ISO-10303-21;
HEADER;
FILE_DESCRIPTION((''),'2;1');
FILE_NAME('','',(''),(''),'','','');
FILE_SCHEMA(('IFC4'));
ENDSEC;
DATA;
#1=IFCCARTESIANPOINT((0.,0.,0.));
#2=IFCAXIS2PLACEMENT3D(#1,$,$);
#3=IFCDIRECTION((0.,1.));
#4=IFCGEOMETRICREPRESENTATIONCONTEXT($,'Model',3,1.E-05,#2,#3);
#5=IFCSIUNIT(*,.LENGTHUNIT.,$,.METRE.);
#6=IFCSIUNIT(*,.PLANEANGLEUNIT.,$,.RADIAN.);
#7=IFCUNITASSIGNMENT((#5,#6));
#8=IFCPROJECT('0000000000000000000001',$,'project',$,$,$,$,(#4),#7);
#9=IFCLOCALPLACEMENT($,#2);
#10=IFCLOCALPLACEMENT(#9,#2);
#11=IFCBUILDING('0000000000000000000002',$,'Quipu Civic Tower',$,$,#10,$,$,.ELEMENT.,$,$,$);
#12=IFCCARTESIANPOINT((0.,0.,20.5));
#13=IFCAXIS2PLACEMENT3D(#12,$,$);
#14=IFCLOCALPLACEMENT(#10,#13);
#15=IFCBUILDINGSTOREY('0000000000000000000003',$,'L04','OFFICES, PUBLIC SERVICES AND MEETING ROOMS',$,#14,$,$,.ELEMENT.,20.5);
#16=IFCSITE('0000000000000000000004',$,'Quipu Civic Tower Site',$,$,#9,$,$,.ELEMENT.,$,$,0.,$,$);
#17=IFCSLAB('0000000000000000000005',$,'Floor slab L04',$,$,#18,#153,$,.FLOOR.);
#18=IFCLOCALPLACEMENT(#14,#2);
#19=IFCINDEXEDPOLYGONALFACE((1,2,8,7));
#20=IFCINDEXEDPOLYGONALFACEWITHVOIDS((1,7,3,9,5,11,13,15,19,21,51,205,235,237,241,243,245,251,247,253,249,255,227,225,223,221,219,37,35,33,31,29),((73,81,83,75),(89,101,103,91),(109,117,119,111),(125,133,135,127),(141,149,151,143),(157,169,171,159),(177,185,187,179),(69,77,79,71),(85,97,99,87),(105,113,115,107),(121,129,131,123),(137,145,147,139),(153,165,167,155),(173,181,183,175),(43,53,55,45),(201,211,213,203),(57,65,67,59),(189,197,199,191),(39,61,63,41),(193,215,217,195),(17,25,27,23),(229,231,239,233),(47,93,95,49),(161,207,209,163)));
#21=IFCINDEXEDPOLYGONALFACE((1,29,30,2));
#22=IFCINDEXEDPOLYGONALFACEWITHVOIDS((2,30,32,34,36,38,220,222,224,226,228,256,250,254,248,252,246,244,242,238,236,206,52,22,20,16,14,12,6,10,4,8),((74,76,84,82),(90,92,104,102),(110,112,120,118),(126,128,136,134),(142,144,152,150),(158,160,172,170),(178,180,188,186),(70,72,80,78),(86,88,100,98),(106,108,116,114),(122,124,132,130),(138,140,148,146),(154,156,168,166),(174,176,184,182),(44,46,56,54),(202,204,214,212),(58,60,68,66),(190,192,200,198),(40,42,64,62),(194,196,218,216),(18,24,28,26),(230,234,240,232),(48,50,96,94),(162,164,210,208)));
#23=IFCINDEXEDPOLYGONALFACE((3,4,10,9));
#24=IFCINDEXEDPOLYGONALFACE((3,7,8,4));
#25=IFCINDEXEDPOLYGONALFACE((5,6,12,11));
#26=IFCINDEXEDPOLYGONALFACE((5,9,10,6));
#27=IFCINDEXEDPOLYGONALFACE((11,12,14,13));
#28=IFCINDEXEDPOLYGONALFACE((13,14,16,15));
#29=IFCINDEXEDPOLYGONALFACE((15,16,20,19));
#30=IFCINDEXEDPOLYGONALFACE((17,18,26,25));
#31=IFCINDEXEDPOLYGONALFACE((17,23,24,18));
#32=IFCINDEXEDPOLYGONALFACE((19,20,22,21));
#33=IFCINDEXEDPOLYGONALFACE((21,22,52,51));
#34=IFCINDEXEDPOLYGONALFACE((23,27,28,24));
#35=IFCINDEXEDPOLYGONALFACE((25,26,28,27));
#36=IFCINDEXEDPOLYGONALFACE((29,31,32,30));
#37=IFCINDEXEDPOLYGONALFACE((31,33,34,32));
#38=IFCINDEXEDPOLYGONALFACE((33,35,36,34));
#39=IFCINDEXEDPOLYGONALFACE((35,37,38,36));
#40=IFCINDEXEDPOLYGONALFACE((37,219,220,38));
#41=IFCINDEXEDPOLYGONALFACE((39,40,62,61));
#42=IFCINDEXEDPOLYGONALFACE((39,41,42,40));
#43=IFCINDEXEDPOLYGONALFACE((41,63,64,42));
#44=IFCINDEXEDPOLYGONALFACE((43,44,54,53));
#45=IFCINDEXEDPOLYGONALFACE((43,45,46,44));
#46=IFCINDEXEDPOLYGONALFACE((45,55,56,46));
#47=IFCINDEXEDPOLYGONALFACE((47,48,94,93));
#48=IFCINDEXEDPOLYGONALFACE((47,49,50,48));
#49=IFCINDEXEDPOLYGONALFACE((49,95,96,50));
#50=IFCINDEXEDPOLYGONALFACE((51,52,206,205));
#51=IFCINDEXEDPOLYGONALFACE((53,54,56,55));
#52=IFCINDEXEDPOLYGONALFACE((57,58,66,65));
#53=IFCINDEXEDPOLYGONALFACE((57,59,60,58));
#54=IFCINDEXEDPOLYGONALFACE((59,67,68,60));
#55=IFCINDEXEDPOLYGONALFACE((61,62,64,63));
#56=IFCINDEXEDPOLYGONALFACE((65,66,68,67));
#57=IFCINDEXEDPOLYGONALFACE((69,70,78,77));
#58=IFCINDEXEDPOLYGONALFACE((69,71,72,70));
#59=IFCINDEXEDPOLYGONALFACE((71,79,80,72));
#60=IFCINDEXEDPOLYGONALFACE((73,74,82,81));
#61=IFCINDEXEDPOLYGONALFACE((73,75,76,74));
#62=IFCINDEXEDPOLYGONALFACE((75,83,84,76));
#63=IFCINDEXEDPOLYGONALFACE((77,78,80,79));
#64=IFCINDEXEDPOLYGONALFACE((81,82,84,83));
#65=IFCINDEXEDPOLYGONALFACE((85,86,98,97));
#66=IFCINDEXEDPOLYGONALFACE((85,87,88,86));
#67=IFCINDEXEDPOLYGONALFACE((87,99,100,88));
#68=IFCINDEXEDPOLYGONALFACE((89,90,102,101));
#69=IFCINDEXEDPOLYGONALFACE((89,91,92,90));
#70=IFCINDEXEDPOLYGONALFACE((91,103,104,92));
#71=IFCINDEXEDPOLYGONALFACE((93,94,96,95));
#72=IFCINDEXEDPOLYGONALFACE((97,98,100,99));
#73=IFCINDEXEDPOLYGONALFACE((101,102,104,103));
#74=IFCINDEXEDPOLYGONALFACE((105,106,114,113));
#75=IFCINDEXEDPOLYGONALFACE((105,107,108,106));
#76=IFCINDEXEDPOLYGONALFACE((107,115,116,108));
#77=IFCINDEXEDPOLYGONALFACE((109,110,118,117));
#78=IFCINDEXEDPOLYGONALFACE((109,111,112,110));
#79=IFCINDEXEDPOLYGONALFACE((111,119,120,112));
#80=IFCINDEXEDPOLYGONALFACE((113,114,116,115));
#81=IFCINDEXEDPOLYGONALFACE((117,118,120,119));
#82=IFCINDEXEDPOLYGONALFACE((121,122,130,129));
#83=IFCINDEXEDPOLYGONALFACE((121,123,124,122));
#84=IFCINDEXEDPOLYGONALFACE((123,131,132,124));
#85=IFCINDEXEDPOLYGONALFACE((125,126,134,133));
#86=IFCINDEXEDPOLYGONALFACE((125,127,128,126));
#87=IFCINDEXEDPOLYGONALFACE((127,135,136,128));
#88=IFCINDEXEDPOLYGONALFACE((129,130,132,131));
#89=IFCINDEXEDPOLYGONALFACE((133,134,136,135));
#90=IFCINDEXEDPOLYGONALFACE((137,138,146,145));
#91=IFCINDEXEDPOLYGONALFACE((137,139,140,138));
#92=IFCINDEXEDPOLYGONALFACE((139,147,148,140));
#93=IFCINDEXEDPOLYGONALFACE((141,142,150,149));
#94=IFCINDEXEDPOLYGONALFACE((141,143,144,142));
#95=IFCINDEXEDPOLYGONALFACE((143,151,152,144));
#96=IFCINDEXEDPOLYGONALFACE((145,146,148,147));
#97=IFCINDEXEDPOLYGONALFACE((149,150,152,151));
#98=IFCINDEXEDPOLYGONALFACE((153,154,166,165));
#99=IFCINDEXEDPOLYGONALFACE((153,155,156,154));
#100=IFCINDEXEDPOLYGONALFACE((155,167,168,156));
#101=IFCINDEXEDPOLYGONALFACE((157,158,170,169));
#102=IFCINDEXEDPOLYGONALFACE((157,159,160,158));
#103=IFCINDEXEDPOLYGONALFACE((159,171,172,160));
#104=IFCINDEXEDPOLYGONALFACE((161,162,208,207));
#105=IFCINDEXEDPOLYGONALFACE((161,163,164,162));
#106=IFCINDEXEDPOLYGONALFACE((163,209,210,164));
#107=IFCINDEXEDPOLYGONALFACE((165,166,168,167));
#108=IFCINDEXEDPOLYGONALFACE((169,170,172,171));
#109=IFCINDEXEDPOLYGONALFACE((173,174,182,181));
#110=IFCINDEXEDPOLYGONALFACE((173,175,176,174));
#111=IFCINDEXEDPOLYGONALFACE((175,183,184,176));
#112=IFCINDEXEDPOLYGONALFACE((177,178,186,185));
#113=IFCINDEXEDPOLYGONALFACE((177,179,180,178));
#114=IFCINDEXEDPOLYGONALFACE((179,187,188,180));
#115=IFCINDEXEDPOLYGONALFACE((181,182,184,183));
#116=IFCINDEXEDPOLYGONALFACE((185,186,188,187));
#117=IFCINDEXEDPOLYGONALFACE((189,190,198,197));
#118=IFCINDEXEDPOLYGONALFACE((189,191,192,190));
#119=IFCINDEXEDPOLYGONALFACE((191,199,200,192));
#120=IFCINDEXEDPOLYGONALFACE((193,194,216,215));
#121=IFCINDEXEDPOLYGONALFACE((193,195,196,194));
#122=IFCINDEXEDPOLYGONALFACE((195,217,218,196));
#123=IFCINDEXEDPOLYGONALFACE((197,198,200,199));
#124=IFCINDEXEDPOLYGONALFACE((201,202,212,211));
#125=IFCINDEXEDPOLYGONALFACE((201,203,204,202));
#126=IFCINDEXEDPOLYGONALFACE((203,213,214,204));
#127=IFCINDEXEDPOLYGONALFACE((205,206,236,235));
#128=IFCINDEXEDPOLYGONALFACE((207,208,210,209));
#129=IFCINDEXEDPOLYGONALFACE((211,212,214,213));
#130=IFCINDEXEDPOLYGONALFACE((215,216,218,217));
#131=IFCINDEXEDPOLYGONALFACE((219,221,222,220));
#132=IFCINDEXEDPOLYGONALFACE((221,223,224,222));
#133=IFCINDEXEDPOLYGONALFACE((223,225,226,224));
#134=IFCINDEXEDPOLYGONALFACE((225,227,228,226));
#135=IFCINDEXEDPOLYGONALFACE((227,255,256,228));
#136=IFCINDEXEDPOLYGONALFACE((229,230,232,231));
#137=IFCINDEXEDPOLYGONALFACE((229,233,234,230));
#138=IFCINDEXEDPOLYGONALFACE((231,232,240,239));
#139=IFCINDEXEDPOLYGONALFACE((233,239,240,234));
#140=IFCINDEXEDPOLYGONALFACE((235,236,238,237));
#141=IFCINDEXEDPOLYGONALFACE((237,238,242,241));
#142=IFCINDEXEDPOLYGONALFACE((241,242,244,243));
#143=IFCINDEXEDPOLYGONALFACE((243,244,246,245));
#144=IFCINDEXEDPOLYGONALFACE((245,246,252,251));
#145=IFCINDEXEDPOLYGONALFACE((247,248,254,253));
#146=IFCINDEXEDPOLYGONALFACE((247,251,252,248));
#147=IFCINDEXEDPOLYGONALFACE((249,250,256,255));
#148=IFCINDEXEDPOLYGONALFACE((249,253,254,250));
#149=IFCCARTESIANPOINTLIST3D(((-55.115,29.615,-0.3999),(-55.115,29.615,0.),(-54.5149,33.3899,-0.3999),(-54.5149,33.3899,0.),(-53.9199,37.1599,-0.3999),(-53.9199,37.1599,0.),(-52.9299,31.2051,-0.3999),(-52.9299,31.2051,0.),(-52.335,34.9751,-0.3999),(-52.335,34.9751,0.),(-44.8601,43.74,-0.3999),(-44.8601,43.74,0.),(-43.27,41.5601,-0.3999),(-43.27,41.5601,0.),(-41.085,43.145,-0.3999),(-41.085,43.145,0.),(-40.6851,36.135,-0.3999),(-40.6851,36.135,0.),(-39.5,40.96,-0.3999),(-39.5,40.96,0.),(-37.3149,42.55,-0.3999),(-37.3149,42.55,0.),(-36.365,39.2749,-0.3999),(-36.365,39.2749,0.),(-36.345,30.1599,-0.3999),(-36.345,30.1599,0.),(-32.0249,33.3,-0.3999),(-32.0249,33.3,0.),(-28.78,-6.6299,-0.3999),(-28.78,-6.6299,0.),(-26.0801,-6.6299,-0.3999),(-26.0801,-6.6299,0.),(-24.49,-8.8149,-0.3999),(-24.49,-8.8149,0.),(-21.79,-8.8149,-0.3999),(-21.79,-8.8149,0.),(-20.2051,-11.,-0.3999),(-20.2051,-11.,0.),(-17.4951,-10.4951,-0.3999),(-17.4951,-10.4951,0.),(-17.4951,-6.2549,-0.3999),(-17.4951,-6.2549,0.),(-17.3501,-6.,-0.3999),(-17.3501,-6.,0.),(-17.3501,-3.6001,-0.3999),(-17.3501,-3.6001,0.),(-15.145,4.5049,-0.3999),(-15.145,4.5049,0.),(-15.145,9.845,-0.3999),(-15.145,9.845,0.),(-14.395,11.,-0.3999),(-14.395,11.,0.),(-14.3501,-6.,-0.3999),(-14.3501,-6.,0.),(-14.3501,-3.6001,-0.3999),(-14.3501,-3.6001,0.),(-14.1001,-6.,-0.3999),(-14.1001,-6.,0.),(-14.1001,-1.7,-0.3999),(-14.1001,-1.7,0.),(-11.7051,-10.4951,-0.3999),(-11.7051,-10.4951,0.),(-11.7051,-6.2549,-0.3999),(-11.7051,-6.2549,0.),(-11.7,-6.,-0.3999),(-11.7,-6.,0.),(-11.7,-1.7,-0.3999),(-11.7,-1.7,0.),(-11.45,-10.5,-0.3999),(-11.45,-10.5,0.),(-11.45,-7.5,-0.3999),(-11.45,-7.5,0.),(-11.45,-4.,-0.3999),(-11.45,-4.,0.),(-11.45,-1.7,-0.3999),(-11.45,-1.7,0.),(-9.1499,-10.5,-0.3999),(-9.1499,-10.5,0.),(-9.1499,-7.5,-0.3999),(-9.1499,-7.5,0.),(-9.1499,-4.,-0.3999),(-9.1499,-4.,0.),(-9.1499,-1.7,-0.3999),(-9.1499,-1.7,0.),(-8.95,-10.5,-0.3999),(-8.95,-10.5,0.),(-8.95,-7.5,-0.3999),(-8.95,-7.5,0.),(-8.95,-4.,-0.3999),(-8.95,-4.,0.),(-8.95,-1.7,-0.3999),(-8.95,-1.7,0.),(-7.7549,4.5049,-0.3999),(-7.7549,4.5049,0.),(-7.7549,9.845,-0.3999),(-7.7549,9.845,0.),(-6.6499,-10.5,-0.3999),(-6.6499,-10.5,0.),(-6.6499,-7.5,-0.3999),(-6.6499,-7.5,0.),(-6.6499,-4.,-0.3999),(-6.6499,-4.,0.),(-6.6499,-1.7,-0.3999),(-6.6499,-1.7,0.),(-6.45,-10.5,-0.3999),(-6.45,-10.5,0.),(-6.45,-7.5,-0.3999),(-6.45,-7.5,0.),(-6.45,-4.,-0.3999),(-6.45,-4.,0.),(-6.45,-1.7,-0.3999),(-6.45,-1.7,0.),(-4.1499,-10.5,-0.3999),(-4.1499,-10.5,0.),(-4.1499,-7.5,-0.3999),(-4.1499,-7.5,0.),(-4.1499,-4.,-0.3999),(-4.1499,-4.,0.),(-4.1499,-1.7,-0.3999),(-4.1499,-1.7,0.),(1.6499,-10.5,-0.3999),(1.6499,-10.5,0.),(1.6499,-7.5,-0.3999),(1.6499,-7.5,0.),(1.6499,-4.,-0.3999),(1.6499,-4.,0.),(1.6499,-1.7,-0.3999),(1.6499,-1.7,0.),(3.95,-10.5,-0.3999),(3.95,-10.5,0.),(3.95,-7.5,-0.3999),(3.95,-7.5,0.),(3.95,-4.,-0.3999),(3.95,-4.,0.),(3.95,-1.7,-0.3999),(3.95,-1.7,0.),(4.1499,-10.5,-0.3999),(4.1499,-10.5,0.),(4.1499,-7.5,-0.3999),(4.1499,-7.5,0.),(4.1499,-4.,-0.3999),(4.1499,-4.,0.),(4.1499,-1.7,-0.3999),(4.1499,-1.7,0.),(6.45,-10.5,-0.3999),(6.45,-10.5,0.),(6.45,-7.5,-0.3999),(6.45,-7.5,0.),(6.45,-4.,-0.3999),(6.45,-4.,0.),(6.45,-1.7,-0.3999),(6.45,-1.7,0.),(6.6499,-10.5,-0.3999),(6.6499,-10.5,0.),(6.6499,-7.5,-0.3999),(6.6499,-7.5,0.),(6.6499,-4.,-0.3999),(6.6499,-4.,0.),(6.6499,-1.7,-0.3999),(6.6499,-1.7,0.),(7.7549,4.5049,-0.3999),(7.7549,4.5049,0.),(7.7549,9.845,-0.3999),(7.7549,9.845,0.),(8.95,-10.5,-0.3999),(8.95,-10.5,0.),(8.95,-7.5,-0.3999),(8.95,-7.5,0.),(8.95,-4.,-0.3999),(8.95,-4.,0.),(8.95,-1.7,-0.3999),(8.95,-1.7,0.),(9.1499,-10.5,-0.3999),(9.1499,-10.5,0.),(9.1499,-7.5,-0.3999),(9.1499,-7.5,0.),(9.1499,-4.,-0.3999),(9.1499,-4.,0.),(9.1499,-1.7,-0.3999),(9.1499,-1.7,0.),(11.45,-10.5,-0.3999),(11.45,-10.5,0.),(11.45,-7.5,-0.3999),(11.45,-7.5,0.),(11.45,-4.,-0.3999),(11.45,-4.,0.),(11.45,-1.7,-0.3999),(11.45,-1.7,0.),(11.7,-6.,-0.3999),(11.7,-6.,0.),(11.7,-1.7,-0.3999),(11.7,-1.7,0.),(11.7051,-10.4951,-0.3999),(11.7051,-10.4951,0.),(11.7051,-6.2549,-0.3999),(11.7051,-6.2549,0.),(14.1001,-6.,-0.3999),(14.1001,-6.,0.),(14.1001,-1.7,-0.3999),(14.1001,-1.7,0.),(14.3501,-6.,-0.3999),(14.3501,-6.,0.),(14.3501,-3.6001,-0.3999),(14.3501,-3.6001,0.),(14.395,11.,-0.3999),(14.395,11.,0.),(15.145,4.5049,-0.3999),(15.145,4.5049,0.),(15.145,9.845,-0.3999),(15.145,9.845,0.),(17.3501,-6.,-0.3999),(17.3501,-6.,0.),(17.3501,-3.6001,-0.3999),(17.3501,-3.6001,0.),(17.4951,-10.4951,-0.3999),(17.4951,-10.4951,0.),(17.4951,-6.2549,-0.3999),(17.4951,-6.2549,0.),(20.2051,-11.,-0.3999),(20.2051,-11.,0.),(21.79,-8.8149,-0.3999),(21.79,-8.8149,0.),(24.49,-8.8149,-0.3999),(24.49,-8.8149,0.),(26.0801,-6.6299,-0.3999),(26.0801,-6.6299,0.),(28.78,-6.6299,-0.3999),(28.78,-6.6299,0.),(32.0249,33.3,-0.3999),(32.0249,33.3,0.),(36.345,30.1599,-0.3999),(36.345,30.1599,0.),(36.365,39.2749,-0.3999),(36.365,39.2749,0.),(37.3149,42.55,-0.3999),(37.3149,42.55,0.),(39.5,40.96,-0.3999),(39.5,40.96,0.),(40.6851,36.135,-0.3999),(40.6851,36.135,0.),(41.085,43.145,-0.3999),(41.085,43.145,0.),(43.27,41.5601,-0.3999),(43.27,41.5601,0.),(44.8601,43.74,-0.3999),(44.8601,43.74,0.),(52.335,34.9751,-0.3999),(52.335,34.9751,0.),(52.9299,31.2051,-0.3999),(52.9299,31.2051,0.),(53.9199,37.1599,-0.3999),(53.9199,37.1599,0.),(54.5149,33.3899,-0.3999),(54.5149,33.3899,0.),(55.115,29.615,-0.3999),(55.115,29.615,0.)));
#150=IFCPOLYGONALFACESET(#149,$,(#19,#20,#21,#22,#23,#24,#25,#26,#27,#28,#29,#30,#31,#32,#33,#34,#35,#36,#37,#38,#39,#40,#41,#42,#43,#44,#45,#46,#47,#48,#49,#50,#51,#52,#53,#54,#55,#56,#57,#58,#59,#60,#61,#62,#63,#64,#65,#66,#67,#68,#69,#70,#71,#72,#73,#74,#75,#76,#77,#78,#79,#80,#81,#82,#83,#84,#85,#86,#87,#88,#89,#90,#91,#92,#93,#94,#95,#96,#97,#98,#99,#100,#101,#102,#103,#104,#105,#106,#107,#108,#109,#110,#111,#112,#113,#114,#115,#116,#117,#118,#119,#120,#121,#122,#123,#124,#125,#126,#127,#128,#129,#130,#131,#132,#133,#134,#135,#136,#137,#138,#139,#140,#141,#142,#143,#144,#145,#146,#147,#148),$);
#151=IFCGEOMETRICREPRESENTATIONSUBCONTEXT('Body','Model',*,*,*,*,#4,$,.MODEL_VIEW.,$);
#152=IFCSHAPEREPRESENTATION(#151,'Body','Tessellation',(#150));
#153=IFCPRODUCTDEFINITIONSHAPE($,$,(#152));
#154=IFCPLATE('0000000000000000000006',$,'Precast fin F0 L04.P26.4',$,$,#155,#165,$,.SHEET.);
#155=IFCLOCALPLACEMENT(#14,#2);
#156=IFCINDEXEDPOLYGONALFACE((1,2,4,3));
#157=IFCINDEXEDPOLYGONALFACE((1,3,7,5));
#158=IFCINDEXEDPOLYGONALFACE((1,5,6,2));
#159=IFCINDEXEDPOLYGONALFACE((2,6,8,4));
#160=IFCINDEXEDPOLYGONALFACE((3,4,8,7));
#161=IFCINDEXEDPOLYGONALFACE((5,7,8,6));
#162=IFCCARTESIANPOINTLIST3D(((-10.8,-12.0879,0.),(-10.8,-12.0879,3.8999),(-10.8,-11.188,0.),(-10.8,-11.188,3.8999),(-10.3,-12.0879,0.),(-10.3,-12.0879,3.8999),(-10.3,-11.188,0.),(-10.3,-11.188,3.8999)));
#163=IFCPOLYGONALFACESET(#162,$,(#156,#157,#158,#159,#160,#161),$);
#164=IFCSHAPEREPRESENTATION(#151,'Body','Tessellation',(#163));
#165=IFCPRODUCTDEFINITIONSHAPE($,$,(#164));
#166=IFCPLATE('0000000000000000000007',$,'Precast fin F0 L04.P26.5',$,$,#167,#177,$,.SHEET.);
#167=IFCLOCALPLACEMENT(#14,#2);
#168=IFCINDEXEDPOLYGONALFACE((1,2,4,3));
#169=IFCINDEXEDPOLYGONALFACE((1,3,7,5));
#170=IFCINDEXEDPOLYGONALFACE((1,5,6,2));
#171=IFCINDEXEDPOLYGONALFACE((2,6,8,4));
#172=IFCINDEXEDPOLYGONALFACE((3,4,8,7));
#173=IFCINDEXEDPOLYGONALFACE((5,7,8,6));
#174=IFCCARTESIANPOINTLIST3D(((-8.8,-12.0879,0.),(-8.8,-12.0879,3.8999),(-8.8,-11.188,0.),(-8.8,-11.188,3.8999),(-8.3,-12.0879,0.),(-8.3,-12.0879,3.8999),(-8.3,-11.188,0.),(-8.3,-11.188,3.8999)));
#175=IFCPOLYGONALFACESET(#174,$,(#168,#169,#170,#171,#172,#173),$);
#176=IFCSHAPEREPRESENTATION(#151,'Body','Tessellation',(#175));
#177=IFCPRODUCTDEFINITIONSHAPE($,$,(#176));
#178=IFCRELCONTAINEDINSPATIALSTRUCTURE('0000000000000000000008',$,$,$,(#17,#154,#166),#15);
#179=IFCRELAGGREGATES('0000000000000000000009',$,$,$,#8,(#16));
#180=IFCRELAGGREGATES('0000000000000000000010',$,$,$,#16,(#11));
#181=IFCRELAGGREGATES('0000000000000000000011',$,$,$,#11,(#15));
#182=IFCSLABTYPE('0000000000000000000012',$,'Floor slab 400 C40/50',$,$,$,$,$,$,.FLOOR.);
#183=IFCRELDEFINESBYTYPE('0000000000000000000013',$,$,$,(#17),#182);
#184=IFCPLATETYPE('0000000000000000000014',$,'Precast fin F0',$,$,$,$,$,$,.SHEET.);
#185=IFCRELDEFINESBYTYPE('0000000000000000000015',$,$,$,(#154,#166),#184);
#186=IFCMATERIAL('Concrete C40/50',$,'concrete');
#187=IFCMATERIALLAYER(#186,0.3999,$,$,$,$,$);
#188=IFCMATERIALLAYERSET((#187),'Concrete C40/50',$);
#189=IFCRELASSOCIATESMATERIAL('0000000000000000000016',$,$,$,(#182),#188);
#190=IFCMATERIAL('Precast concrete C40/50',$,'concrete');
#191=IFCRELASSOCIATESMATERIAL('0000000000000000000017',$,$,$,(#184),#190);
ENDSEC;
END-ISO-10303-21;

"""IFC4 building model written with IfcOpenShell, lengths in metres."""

from ifc_helpers import new_model, si_unit, direction, frame, origin, origin_2d, place, context, subcontext, project, spatial, polyline, rectangle, outline, extrude, material, layer, layer_set, type_object, element, save


model = new_model("IFC4")

# Units and contexts
model_context = context("Model", 3, precision=1e-05, world=origin(), true_north=direction((0.0, 1.0)))
body_context = subcontext(model_context, "Body", "Model", "MODEL_VIEW")
ifc_project = project(units=[si_unit("LENGTHUNIT", "METRE"), si_unit("PLANEANGLEUNIT", "RADIAN")], contexts=[model_context])

# Site, building, storey
site_placement = place(None, origin())
site = spatial("IfcSite", under=ifc_project, at=site_placement, Name="Quipu Civic Tower Site", CompositionType="ELEMENT", RefElevation=0.0)
building_placement = place(site_placement, origin())
building = spatial("IfcBuilding", under=site, at=building_placement, Name="Quipu Civic Tower", CompositionType="ELEMENT")
storey_placement = place(building_placement, frame((0.0, 0.0, 20.5)))
storey = spatial("IfcBuildingStorey", under=building, at=storey_placement, Name="L04", Description="OFFICES, PUBLIC SERVICES AND MEETING ROOMS", CompositionType="ELEMENT", Elevation=20.5)

# Slab
ifc_material_1 = material(Name="Concrete C40/50", Category="concrete")
ifc_layer_1 = layer(ifc_material_1, 0.3999)
ifc_layer_set_1 = layer_set([ifc_layer_1], Name="Concrete C40/50")
slab_type_1 = type_object("IfcSlabType", Name="Floor slab 400 C40/50", PredefinedType="FLOOR", material=ifc_layer_set_1)
slab_1_placement = place(storey_placement, frame((0.0, 0.0, -0.3999)))
element("IfcSlab", 1, at=slab_1_placement, inside=storey, type_object=slab_type_1, Name="Floor slab L04", PredefinedType="FLOOR", context=body_context, shape_type="SweptSolid", body=[
    extrude(outline(polyline([(37.3149, 42.55), (39.5, 40.96), (41.085, 43.145), (43.27, 41.5601), (44.8601, 43.74), (53.9199, 37.1599), (52.335, 34.9751), (54.5149, 33.3899), (52.9299, 31.2051), (55.115, 29.615), (28.78, -6.6299), (26.0801, -6.6299), (24.49, -8.8149), (21.79, -8.8149), (20.2051, -11.0), (-20.2051, -11.0), (-21.79, -8.8149), (-24.49, -8.8149), (-26.0801, -6.6299), (-28.78, -6.6299), (-55.115, 29.615), (-52.9299, 31.2051), (-54.5149, 33.3899), (-52.335, 34.9751), (-53.9199, 37.1599), (-44.8601, 43.74), (-43.27, 41.5601), (-41.085, 43.145), (-39.5, 40.96), (-37.3149, 42.55), (-14.395, 11.0), (14.395, 11.0), (37.3149, 42.55)]), holes=[polyline([(-11.45, -7.5), (-11.45, -10.5), (-9.1499, -10.5), (-9.1499, -7.5), (-11.45, -7.5)]), polyline([(-6.6499, -7.5), (-8.95, -7.5), (-8.95, -10.5), (-6.6499, -10.5), (-6.6499, -7.5)]), polyline([(-4.1499, -7.5), (-6.45, -7.5), (-6.45, -10.5), (-4.1499, -10.5), (-4.1499, -7.5)]), polyline([(1.6499, -7.5), (1.6499, -10.5), (3.95, -10.5), (3.95, -7.5), (1.6499, -7.5)]), polyline([(-11.7051, -10.4951), (-11.7051, -6.2549), (-17.4951, -6.2549), (-17.4951, -10.4951), (-11.7051, -10.4951)]), polyline([(-14.3501, -3.6001), (-17.3501, -3.6001), (-17.3501, -6.0), (-14.3501, -6.0), (-14.3501, -3.6001)]), polyline([(-14.1001, -1.7), (-14.1001, -6.0), (-11.7, -6.0), (-11.7, -1.7), (-14.1001, -1.7)]), polyline([(-9.1499, -1.7), (-11.45, -1.7), (-11.45, -4.0), (-9.1499, -4.0), (-9.1499, -1.7)]), polyline([(-6.6499, -1.7), (-8.95, -1.7), (-8.95, -4.0), (-6.6499, -4.0), (-6.6499, -1.7)]), polyline([(-6.45, -1.7), (-6.45, -4.0), (-4.1499, -4.0), (-4.1499, -1.7), (-6.45, -1.7)]), polyline([(-7.7549, 4.5049), (-7.7549, 9.845), (-15.145, 9.845), (-15.145, 4.5049), (-7.7549, 4.5049)]), polyline([(-36.365, 39.2749), (-40.6851, 36.135), (-36.345, 30.1599), (-32.0249, 33.3), (-36.365, 39.2749)]), polyline([(4.1499, -7.5), (4.1499, -10.5), (6.45, -10.5), (6.45, -7.5), (4.1499, -7.5)]), polyline([(8.95, -7.5), (6.6499, -7.5), (6.6499, -10.5), (8.95, -10.5), (8.95, -7.5)]), polyline([(11.45, -7.5), (9.1499, -7.5), (9.1499, -10.5), (11.45, -10.5), (11.45, -7.5)]), polyline([(11.7051, -10.4951), (17.4951, -10.4951), (17.4951, -6.2549), (11.7051, -6.2549), (11.7051, -10.4951)]), polyline([(17.3501, -3.6001), (14.3501, -3.6001), (14.3501, -6.0), (17.3501, -6.0), (17.3501, -3.6001)]), polyline([(14.1001, -1.7), (11.7, -1.7), (11.7, -6.0), (14.1001, -6.0), (14.1001, -1.7)]), polyline([(1.6499, -1.7), (1.6499, -4.0), (3.95, -4.0), (3.95, -1.7), (1.6499, -1.7)]), polyline([(6.45, -1.7), (4.1499, -1.7), (4.1499, -4.0), (6.45, -4.0), (6.45, -1.7)]), polyline([(8.95, -1.7), (6.6499, -1.7), (6.6499, -4.0), (8.95, -4.0), (8.95, -1.7)]), polyline([(9.1499, -1.7), (9.1499, -4.0), (11.45, -4.0), (11.45, -1.7), (9.1499, -1.7)]), polyline([(7.7549, 9.845), (7.7549, 4.5049), (15.145, 4.5049), (15.145, 9.845), (7.7549, 9.845)]), polyline([(40.6851, 36.135), (36.365, 39.2749), (32.0249, 33.3), (36.345, 30.1599), (40.6851, 36.135)])]), origin(), (0.0, 0.0, 1.0), 0.3999),
])

# Plates
ifc_material_2 = material(Name="Precast concrete C40/50", Category="concrete")
plate_type = type_object("IfcPlateType", Name="Precast fin F0", PredefinedType="SHEET", material=ifc_material_2)
for number, where, z_axis, x_axis, name in (
    (2, (-10.55, -11.6379, 0.0), (0.0, 0.0, 1.0), (1.0, 0.0, 0.0), "Precast fin F0 L04.P26.4"),
    (3, (-8.55, -11.6379, 0.0), (0.0, 0.0, 1.0), (1.0, 0.0, 0.0), "Precast fin F0 L04.P26.5"),
):
    element("IfcPlate", number, at=place(storey_placement, frame(where, z_axis=z_axis, x_axis=x_axis)), inside=storey, type_object=plate_type, Name=name, PredefinedType="SHEET", context=body_context, shape_type="SweptSolid", body=[
        extrude(rectangle(XDim=0.5, YDim=0.8999, at=origin_2d()), origin(), (0.0, 0.0, 1.0), 3.8999),
    ])

save(model, "model.ifc")
